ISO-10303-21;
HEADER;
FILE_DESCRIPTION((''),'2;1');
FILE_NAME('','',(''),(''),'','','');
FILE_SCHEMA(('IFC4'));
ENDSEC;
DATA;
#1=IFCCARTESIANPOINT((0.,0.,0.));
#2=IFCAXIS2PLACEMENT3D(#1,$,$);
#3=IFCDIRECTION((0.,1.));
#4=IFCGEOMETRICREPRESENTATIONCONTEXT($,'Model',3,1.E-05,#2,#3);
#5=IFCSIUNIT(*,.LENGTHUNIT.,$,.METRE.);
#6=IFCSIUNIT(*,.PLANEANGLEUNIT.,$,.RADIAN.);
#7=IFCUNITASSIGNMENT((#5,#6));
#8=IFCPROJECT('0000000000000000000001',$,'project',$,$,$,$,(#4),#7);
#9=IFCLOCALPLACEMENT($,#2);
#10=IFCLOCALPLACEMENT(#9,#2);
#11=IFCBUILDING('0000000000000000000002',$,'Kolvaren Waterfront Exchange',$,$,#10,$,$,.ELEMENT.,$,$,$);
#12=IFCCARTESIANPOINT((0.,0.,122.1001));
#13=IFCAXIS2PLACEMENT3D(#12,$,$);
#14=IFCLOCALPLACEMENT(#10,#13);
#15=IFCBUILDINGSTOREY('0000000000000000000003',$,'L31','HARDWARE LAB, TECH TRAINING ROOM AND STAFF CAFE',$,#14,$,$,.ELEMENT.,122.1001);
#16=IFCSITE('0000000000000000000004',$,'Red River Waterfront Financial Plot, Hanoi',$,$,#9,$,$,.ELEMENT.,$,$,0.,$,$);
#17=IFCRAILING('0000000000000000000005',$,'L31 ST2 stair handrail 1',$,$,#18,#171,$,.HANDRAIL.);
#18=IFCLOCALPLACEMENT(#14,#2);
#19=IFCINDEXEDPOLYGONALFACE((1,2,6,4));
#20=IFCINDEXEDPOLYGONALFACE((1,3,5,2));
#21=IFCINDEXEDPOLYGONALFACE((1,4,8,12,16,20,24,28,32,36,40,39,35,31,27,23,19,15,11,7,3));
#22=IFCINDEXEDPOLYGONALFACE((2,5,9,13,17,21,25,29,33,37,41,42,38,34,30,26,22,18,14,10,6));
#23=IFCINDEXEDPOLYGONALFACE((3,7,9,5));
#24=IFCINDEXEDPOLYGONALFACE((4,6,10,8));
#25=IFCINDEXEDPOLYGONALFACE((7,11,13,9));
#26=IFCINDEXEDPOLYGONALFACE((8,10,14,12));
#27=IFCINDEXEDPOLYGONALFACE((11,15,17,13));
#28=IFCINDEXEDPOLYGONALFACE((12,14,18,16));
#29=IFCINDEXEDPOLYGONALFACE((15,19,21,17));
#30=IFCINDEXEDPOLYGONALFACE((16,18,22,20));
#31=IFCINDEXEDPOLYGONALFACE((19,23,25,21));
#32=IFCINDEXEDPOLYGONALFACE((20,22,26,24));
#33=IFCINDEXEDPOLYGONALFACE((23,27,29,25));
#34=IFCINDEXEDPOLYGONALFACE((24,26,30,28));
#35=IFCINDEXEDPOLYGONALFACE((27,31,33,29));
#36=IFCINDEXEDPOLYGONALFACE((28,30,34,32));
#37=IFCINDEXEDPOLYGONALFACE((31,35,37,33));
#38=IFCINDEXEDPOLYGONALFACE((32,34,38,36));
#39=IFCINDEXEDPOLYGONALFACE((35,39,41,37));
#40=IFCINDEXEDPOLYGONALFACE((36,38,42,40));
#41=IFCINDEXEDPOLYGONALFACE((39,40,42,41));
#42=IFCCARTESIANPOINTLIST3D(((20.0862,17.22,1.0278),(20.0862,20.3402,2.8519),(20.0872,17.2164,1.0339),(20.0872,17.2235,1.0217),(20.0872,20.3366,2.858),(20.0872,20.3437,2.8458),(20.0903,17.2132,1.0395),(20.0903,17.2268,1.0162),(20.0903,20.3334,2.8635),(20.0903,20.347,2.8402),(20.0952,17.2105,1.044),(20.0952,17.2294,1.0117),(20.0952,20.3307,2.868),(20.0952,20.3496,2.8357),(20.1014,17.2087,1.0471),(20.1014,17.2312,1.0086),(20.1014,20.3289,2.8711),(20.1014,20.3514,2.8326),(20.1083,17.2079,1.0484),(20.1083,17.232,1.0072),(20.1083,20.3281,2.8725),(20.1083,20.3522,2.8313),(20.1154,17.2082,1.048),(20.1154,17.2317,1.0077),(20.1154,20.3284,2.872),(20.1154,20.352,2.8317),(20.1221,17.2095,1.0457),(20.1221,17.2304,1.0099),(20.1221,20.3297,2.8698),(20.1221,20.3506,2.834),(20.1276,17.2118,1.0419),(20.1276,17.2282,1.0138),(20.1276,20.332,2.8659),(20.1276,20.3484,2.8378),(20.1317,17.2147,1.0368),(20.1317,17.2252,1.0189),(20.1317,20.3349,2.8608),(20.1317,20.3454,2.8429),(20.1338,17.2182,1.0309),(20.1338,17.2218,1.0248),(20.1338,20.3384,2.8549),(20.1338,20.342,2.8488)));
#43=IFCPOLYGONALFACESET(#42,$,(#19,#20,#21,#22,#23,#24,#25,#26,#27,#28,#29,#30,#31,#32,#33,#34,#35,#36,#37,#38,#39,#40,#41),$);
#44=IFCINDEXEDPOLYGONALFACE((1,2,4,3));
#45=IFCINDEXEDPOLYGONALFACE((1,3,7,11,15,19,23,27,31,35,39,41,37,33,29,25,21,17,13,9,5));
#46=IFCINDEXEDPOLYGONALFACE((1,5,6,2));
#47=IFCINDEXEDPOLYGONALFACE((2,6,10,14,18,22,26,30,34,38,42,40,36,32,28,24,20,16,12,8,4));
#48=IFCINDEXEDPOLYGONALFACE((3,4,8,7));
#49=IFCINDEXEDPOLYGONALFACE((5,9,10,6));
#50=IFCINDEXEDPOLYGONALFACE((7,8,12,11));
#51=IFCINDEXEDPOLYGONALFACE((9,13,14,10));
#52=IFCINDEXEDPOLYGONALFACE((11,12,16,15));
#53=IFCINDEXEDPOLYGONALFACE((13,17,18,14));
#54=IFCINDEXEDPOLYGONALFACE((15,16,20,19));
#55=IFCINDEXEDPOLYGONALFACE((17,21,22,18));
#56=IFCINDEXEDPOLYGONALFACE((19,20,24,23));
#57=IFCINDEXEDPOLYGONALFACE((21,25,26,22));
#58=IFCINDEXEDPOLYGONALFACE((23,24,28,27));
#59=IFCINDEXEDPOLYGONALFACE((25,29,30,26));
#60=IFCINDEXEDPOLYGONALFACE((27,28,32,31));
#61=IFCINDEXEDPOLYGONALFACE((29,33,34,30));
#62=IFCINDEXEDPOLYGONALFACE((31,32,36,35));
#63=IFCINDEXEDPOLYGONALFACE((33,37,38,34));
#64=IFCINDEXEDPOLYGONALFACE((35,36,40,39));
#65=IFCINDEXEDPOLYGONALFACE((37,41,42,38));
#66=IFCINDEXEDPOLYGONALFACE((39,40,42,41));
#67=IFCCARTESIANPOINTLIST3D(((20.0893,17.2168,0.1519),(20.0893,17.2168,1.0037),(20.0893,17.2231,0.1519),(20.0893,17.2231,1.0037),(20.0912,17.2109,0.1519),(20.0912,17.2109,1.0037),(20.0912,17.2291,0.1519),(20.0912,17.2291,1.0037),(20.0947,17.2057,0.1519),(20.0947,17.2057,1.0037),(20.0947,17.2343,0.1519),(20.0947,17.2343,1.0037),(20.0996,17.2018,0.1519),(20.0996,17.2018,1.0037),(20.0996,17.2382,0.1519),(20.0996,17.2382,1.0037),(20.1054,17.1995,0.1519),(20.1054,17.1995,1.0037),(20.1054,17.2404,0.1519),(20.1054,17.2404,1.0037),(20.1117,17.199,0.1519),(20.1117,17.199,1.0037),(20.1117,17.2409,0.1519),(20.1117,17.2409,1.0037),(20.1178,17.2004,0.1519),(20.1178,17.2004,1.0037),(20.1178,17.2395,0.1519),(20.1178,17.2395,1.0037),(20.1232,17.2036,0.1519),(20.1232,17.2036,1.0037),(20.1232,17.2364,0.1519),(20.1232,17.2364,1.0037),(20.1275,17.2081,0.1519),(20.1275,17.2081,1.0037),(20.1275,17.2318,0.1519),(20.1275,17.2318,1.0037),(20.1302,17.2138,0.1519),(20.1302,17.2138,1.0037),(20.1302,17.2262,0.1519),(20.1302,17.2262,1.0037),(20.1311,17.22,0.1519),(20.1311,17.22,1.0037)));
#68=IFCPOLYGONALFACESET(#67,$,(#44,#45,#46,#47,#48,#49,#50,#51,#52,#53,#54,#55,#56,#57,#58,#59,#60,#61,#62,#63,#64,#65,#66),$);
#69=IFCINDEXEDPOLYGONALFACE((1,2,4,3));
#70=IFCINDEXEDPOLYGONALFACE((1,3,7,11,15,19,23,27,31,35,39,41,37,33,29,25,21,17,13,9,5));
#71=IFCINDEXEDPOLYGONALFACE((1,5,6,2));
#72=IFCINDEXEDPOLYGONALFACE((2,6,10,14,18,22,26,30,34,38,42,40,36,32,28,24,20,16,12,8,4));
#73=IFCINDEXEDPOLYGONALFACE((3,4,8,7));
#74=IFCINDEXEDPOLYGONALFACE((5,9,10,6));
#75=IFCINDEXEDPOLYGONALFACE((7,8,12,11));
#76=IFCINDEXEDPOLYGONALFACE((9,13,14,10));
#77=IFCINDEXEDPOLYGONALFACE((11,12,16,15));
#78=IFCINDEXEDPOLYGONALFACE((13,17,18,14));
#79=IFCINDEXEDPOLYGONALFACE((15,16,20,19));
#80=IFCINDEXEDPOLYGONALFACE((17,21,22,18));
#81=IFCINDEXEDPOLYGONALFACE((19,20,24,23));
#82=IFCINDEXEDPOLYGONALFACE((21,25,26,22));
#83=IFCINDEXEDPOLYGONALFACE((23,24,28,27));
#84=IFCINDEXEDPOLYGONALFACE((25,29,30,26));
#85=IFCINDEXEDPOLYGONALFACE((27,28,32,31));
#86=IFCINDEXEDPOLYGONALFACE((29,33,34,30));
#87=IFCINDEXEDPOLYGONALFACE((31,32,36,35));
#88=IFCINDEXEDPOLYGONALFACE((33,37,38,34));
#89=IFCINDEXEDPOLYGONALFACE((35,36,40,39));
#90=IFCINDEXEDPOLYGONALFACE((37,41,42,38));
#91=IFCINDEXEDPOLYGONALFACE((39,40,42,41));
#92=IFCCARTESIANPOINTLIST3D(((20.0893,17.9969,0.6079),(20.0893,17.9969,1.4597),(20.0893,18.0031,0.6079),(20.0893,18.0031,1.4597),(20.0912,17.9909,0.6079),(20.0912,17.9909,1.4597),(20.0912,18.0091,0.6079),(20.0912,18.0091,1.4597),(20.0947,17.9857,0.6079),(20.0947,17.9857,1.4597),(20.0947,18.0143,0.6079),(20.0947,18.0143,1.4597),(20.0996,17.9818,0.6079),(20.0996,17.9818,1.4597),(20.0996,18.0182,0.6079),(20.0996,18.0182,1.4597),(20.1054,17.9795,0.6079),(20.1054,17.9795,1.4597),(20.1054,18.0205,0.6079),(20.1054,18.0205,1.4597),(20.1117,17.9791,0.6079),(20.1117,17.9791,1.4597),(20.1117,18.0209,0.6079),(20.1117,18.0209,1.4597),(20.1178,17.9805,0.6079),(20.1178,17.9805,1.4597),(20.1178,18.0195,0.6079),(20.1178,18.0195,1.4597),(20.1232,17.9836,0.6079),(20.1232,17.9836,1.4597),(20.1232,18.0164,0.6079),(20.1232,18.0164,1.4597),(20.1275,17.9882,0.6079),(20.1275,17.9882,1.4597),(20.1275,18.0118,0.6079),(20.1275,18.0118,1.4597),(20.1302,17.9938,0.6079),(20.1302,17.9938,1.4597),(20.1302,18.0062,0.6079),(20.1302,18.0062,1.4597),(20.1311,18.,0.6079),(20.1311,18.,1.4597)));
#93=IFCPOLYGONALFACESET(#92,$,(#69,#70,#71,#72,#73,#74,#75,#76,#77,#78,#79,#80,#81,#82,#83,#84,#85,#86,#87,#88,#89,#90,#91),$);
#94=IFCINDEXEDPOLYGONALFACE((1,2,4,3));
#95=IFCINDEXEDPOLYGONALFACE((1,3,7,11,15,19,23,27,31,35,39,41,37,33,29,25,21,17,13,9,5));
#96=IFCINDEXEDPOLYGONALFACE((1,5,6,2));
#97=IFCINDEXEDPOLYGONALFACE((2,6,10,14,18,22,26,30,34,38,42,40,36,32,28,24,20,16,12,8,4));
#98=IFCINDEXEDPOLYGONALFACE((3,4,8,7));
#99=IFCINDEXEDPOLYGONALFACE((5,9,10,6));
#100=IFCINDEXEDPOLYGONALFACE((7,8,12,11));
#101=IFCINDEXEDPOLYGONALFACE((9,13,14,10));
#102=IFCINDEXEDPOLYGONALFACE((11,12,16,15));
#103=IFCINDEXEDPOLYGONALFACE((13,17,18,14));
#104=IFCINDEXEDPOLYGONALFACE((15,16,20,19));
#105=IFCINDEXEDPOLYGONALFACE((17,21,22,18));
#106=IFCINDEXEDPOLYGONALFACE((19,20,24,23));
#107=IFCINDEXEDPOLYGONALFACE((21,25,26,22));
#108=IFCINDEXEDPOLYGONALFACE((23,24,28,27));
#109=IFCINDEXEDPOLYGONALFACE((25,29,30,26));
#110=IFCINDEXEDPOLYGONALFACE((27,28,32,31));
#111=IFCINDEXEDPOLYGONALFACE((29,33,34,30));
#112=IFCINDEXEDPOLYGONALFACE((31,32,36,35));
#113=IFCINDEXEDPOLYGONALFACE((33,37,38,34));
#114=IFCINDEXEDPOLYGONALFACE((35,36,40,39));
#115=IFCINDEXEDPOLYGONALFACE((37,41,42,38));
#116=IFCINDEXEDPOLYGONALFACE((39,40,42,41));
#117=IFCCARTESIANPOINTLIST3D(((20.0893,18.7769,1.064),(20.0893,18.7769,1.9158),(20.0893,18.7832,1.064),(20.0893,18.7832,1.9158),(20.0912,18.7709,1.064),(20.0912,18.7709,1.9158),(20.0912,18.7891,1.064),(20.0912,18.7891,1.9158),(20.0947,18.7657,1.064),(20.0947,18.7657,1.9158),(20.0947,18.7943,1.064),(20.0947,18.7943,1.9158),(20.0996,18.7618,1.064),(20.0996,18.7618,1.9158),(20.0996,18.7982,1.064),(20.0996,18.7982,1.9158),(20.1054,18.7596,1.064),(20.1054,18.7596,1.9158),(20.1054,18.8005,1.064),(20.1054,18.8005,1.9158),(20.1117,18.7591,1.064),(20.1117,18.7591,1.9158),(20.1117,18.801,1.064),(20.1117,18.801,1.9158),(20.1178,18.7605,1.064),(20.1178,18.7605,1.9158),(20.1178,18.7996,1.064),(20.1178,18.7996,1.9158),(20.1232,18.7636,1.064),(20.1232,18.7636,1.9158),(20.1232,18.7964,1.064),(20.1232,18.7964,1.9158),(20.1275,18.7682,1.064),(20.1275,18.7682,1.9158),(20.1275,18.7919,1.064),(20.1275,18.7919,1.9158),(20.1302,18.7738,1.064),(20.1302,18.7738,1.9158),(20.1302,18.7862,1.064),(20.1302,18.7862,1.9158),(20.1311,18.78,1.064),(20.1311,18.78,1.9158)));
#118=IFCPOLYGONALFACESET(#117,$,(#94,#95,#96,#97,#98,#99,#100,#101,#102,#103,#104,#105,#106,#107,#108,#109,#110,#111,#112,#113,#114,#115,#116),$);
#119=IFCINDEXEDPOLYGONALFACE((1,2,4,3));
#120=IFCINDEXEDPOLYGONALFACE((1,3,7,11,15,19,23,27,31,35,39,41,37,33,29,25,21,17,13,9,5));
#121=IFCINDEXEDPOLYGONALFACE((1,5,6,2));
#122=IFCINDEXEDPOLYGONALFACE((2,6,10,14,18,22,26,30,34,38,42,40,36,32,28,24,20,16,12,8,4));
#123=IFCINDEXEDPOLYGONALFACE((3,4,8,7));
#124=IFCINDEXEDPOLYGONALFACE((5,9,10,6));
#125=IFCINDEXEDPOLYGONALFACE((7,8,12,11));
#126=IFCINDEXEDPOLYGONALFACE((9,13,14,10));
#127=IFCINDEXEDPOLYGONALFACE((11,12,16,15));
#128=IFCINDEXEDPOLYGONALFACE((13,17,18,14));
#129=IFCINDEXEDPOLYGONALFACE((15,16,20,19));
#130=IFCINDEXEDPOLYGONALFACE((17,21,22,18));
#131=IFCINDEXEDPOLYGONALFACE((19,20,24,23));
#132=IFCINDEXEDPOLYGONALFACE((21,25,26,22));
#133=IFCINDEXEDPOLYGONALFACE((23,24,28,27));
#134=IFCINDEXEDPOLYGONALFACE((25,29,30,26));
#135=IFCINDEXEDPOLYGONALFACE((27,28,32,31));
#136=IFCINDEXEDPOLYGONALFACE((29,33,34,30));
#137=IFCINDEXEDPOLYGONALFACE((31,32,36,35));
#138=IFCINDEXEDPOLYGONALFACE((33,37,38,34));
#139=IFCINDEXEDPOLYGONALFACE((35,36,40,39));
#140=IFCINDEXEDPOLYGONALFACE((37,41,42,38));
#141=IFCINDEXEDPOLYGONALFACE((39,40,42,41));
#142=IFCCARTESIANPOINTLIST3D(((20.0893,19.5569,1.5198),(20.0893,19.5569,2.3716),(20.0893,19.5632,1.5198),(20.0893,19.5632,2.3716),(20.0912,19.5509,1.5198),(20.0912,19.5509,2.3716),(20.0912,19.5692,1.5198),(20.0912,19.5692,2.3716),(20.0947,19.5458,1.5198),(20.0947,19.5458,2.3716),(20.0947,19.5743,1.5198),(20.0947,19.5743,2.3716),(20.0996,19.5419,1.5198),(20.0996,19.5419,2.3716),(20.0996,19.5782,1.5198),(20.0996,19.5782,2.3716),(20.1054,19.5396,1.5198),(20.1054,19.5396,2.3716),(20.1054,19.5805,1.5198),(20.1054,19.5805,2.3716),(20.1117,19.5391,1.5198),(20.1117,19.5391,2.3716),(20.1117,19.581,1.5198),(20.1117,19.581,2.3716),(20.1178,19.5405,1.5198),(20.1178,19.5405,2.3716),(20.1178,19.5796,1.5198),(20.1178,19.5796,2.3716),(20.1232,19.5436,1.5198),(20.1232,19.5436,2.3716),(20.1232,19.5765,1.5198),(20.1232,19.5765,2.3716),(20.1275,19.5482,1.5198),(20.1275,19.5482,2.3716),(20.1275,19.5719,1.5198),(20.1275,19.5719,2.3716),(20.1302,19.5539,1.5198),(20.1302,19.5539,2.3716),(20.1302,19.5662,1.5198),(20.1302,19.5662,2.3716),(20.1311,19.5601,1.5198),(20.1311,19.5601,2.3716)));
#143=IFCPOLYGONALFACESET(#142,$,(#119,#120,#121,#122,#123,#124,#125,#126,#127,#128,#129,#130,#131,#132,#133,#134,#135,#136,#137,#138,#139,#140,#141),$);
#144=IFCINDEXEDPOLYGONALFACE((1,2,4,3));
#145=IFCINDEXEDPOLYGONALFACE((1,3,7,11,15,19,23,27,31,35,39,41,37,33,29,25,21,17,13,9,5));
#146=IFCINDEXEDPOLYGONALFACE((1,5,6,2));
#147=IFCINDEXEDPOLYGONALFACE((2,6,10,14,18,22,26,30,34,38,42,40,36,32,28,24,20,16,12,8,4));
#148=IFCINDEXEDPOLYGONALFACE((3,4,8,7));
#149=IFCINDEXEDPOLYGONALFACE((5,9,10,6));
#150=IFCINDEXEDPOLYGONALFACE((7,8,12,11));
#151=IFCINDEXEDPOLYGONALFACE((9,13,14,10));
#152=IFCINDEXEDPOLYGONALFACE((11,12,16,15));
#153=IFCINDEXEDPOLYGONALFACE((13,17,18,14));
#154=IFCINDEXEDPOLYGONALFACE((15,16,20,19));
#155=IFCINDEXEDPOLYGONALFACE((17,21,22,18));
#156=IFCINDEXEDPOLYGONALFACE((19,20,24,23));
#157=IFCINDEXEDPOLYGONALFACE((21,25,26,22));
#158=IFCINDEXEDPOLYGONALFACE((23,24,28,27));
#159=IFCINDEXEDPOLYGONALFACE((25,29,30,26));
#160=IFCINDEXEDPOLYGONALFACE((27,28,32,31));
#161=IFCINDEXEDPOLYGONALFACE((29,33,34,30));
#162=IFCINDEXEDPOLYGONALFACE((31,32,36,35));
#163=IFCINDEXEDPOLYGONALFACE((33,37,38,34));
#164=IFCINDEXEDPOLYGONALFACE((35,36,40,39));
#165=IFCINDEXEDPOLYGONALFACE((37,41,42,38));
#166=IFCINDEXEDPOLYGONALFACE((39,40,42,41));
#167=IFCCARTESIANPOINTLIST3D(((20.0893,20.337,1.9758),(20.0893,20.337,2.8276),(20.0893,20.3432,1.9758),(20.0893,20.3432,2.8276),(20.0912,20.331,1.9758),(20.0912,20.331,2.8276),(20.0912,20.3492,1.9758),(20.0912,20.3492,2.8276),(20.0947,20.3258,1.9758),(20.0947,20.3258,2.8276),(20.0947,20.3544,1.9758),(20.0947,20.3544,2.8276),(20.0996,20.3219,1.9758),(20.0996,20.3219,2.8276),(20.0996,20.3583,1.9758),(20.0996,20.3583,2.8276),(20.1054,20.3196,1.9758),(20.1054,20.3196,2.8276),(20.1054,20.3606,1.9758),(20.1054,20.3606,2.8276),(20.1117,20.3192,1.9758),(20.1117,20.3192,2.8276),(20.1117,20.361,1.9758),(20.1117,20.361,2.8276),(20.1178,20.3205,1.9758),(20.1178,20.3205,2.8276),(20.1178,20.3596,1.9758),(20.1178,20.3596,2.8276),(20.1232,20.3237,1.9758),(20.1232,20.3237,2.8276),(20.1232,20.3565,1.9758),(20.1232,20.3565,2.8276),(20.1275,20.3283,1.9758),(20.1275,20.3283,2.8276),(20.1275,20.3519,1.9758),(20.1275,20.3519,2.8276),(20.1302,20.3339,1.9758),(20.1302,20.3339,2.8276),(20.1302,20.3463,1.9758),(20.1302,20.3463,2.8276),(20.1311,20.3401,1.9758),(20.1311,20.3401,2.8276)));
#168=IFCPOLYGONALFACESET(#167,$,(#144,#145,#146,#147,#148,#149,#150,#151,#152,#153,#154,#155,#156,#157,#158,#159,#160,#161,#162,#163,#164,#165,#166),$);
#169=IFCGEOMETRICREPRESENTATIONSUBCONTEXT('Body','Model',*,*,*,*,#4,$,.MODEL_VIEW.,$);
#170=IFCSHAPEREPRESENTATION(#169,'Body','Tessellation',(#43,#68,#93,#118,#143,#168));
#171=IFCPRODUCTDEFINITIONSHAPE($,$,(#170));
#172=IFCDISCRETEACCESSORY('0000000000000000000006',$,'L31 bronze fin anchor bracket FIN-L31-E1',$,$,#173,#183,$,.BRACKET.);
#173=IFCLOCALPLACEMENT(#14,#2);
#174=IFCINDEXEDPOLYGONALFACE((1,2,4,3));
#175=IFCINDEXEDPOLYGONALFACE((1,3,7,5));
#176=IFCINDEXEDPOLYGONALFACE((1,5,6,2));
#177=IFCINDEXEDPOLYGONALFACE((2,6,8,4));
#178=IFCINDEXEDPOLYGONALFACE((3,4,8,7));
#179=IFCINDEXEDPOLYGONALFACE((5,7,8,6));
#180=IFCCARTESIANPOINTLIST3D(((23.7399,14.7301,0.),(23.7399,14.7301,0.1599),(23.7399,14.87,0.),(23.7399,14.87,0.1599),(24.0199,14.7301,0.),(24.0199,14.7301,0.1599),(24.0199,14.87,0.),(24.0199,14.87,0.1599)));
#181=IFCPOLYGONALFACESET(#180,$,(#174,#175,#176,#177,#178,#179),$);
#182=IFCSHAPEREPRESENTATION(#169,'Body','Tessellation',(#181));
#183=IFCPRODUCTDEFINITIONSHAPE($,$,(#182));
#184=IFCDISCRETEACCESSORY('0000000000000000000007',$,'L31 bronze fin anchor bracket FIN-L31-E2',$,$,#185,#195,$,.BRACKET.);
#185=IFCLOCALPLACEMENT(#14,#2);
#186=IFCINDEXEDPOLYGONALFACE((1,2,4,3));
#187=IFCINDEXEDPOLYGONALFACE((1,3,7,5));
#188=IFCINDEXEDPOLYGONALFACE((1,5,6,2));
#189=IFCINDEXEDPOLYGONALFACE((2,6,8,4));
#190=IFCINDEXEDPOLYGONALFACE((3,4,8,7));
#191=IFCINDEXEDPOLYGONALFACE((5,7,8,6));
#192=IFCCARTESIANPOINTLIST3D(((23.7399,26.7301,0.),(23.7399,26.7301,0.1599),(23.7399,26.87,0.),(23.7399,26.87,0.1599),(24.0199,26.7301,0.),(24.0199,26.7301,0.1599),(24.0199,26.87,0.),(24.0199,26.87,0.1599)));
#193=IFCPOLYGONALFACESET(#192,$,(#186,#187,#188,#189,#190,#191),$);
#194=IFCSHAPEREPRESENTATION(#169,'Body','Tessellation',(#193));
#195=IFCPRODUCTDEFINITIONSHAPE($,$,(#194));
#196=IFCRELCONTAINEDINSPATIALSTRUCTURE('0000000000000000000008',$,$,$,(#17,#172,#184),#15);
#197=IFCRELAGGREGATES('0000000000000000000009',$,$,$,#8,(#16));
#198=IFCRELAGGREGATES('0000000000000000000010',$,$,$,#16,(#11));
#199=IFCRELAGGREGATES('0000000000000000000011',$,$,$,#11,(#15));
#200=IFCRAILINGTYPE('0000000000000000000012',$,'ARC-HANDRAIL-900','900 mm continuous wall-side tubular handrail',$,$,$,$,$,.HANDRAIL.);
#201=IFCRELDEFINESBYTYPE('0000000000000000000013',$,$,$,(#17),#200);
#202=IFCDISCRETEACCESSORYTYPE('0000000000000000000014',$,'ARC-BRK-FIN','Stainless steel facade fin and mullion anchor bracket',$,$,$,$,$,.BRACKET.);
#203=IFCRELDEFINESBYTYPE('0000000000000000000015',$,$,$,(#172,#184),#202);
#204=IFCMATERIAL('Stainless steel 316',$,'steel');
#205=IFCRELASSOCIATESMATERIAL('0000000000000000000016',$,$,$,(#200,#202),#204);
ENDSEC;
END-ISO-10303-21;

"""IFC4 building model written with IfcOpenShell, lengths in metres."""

from ifc_helpers import new_model, si_unit, direction, frame, origin, origin_with_axes, origin_2d, place, context, subcontext, project, spatial, rectangle, circle, extrude, source, transform, mapped, material, type_object, element, save


model = new_model("IFC4")

# Units and contexts
model_context = context("Model", 3, precision=1e-05, world=origin(), true_north=direction((0.0, 1.0)))
body_context = subcontext(model_context, "Body", "Model", "MODEL_VIEW")
ifc_project = project(units=[si_unit("LENGTHUNIT", "METRE"), si_unit("PLANEANGLEUNIT", "RADIAN")], contexts=[model_context])

# Site, building, storey
site_placement = place(None, origin())
site = spatial("IfcSite", under=ifc_project, at=site_placement, Name="Red River Waterfront Financial Plot, Hanoi", CompositionType="ELEMENT", RefElevation=0.0)
building_placement = place(site_placement, origin())
building = spatial("IfcBuilding", under=site, at=building_placement, Name="Kolvaren Waterfront Exchange", CompositionType="ELEMENT")
storey_placement = place(building_placement, frame((0.0, 0.0, 122.1001)))
storey = spatial("IfcBuildingStorey", under=building, at=storey_placement, Name="L31", Description="HARDWARE LAB, TECH TRAINING ROOM AND STAFF CAFE", CompositionType="ELEMENT", Elevation=122.1001)

# Railing
ifc_material_1 = material(Name="Stainless steel 316", Category="steel")
railing_type = type_object("IfcRailingType", Name="ARC-HANDRAIL-900", Description="900 mm continuous wall-side tubular handrail", PredefinedType="HANDRAIL", material=ifc_material_1)
railing_placement = place(storey_placement, frame((20.1101, 17.22, 0.1519)))
element("IfcRailing", 1, at=railing_placement, inside=storey, type_object=railing_type, Name="L31 ST2 stair handrail 1", PredefinedType="HANDRAIL", context=body_context, shape_type="SweptSolid", body=[
    extrude(circle(Radius=0.0239, at=origin_2d()), frame((0.0, 0.0, 0.876), z_axis=(0.0, 0.863308, 0.504677), x_axis=(-1.0, 0.0, 0.0)), (0.0, 0.0, 1.0), 3.6143),
    extrude(circle(Radius=0.021, at=origin_2d()), origin(), (0.0, 0.0, 1.0), 0.8518),
    extrude(circle(Radius=0.021, at=origin_2d()), frame((0.0, 0.78, 0.4561)), (0.0, 0.0, 1.0), 0.8518),
    extrude(circle(Radius=0.021, at=origin_2d()), frame((0.0, 1.5601, 0.9121)), (0.0, 0.0, 1.0), 0.8518),
    extrude(circle(Radius=0.021, at=origin_2d()), frame((0.0, 2.3401, 1.3679)), (0.0, 0.0, 1.0), 0.8518),
    extrude(circle(Radius=0.021, at=origin_2d()), frame((0.0, 3.1201, 1.824)), (0.0, 0.0, 1.0), 0.8518),
])

# Discrete accessories
discrete_accessory_type = type_object("IfcDiscreteAccessoryType", Name="ARC-BRK-FIN", Description="Stainless steel facade fin and mullion anchor bracket", PredefinedType="BRACKET", material=ifc_material_1)
shared_shape_1 = source(origin_with_axes(), body_context, "Body", "SweptSolid", [
    extrude(rectangle(XDim=0.28, YDim=0.1399, at=origin_2d()), origin(), (0.0, 0.0, 1.0), 0.1599),
])
for number, where, z_axis, x_axis, name in (
    (2, (23.8799, 14.8, 0.0), (0.0, 0.0, 1.0), (1.0, 0.0, 0.0), "L31 bronze fin anchor bracket FIN-L31-E1"),
    (3, (23.8799, 26.8, 0.0), (0.0, 0.0, 1.0), (1.0, 0.0, 0.0), "L31 bronze fin anchor bracket FIN-L31-E2"),
):
    element("IfcDiscreteAccessory", number, at=place(storey_placement, frame(where, z_axis=z_axis, x_axis=x_axis)), inside=storey, type_object=discrete_accessory_type, Name=name, PredefinedType="BRACKET", context=body_context, shape_type="MappedRepresentation", body=[
        mapped(shared_shape_1, transform((0.0, 0.0, 0.0), x_axis=(1.0, 0.0, 0.0), y_axis=(0.0, 1.0, 0.0), z_axis=(0.0, 0.0, 1.0), scale=1.0)),
    ])

save(model, "model.ifc")
